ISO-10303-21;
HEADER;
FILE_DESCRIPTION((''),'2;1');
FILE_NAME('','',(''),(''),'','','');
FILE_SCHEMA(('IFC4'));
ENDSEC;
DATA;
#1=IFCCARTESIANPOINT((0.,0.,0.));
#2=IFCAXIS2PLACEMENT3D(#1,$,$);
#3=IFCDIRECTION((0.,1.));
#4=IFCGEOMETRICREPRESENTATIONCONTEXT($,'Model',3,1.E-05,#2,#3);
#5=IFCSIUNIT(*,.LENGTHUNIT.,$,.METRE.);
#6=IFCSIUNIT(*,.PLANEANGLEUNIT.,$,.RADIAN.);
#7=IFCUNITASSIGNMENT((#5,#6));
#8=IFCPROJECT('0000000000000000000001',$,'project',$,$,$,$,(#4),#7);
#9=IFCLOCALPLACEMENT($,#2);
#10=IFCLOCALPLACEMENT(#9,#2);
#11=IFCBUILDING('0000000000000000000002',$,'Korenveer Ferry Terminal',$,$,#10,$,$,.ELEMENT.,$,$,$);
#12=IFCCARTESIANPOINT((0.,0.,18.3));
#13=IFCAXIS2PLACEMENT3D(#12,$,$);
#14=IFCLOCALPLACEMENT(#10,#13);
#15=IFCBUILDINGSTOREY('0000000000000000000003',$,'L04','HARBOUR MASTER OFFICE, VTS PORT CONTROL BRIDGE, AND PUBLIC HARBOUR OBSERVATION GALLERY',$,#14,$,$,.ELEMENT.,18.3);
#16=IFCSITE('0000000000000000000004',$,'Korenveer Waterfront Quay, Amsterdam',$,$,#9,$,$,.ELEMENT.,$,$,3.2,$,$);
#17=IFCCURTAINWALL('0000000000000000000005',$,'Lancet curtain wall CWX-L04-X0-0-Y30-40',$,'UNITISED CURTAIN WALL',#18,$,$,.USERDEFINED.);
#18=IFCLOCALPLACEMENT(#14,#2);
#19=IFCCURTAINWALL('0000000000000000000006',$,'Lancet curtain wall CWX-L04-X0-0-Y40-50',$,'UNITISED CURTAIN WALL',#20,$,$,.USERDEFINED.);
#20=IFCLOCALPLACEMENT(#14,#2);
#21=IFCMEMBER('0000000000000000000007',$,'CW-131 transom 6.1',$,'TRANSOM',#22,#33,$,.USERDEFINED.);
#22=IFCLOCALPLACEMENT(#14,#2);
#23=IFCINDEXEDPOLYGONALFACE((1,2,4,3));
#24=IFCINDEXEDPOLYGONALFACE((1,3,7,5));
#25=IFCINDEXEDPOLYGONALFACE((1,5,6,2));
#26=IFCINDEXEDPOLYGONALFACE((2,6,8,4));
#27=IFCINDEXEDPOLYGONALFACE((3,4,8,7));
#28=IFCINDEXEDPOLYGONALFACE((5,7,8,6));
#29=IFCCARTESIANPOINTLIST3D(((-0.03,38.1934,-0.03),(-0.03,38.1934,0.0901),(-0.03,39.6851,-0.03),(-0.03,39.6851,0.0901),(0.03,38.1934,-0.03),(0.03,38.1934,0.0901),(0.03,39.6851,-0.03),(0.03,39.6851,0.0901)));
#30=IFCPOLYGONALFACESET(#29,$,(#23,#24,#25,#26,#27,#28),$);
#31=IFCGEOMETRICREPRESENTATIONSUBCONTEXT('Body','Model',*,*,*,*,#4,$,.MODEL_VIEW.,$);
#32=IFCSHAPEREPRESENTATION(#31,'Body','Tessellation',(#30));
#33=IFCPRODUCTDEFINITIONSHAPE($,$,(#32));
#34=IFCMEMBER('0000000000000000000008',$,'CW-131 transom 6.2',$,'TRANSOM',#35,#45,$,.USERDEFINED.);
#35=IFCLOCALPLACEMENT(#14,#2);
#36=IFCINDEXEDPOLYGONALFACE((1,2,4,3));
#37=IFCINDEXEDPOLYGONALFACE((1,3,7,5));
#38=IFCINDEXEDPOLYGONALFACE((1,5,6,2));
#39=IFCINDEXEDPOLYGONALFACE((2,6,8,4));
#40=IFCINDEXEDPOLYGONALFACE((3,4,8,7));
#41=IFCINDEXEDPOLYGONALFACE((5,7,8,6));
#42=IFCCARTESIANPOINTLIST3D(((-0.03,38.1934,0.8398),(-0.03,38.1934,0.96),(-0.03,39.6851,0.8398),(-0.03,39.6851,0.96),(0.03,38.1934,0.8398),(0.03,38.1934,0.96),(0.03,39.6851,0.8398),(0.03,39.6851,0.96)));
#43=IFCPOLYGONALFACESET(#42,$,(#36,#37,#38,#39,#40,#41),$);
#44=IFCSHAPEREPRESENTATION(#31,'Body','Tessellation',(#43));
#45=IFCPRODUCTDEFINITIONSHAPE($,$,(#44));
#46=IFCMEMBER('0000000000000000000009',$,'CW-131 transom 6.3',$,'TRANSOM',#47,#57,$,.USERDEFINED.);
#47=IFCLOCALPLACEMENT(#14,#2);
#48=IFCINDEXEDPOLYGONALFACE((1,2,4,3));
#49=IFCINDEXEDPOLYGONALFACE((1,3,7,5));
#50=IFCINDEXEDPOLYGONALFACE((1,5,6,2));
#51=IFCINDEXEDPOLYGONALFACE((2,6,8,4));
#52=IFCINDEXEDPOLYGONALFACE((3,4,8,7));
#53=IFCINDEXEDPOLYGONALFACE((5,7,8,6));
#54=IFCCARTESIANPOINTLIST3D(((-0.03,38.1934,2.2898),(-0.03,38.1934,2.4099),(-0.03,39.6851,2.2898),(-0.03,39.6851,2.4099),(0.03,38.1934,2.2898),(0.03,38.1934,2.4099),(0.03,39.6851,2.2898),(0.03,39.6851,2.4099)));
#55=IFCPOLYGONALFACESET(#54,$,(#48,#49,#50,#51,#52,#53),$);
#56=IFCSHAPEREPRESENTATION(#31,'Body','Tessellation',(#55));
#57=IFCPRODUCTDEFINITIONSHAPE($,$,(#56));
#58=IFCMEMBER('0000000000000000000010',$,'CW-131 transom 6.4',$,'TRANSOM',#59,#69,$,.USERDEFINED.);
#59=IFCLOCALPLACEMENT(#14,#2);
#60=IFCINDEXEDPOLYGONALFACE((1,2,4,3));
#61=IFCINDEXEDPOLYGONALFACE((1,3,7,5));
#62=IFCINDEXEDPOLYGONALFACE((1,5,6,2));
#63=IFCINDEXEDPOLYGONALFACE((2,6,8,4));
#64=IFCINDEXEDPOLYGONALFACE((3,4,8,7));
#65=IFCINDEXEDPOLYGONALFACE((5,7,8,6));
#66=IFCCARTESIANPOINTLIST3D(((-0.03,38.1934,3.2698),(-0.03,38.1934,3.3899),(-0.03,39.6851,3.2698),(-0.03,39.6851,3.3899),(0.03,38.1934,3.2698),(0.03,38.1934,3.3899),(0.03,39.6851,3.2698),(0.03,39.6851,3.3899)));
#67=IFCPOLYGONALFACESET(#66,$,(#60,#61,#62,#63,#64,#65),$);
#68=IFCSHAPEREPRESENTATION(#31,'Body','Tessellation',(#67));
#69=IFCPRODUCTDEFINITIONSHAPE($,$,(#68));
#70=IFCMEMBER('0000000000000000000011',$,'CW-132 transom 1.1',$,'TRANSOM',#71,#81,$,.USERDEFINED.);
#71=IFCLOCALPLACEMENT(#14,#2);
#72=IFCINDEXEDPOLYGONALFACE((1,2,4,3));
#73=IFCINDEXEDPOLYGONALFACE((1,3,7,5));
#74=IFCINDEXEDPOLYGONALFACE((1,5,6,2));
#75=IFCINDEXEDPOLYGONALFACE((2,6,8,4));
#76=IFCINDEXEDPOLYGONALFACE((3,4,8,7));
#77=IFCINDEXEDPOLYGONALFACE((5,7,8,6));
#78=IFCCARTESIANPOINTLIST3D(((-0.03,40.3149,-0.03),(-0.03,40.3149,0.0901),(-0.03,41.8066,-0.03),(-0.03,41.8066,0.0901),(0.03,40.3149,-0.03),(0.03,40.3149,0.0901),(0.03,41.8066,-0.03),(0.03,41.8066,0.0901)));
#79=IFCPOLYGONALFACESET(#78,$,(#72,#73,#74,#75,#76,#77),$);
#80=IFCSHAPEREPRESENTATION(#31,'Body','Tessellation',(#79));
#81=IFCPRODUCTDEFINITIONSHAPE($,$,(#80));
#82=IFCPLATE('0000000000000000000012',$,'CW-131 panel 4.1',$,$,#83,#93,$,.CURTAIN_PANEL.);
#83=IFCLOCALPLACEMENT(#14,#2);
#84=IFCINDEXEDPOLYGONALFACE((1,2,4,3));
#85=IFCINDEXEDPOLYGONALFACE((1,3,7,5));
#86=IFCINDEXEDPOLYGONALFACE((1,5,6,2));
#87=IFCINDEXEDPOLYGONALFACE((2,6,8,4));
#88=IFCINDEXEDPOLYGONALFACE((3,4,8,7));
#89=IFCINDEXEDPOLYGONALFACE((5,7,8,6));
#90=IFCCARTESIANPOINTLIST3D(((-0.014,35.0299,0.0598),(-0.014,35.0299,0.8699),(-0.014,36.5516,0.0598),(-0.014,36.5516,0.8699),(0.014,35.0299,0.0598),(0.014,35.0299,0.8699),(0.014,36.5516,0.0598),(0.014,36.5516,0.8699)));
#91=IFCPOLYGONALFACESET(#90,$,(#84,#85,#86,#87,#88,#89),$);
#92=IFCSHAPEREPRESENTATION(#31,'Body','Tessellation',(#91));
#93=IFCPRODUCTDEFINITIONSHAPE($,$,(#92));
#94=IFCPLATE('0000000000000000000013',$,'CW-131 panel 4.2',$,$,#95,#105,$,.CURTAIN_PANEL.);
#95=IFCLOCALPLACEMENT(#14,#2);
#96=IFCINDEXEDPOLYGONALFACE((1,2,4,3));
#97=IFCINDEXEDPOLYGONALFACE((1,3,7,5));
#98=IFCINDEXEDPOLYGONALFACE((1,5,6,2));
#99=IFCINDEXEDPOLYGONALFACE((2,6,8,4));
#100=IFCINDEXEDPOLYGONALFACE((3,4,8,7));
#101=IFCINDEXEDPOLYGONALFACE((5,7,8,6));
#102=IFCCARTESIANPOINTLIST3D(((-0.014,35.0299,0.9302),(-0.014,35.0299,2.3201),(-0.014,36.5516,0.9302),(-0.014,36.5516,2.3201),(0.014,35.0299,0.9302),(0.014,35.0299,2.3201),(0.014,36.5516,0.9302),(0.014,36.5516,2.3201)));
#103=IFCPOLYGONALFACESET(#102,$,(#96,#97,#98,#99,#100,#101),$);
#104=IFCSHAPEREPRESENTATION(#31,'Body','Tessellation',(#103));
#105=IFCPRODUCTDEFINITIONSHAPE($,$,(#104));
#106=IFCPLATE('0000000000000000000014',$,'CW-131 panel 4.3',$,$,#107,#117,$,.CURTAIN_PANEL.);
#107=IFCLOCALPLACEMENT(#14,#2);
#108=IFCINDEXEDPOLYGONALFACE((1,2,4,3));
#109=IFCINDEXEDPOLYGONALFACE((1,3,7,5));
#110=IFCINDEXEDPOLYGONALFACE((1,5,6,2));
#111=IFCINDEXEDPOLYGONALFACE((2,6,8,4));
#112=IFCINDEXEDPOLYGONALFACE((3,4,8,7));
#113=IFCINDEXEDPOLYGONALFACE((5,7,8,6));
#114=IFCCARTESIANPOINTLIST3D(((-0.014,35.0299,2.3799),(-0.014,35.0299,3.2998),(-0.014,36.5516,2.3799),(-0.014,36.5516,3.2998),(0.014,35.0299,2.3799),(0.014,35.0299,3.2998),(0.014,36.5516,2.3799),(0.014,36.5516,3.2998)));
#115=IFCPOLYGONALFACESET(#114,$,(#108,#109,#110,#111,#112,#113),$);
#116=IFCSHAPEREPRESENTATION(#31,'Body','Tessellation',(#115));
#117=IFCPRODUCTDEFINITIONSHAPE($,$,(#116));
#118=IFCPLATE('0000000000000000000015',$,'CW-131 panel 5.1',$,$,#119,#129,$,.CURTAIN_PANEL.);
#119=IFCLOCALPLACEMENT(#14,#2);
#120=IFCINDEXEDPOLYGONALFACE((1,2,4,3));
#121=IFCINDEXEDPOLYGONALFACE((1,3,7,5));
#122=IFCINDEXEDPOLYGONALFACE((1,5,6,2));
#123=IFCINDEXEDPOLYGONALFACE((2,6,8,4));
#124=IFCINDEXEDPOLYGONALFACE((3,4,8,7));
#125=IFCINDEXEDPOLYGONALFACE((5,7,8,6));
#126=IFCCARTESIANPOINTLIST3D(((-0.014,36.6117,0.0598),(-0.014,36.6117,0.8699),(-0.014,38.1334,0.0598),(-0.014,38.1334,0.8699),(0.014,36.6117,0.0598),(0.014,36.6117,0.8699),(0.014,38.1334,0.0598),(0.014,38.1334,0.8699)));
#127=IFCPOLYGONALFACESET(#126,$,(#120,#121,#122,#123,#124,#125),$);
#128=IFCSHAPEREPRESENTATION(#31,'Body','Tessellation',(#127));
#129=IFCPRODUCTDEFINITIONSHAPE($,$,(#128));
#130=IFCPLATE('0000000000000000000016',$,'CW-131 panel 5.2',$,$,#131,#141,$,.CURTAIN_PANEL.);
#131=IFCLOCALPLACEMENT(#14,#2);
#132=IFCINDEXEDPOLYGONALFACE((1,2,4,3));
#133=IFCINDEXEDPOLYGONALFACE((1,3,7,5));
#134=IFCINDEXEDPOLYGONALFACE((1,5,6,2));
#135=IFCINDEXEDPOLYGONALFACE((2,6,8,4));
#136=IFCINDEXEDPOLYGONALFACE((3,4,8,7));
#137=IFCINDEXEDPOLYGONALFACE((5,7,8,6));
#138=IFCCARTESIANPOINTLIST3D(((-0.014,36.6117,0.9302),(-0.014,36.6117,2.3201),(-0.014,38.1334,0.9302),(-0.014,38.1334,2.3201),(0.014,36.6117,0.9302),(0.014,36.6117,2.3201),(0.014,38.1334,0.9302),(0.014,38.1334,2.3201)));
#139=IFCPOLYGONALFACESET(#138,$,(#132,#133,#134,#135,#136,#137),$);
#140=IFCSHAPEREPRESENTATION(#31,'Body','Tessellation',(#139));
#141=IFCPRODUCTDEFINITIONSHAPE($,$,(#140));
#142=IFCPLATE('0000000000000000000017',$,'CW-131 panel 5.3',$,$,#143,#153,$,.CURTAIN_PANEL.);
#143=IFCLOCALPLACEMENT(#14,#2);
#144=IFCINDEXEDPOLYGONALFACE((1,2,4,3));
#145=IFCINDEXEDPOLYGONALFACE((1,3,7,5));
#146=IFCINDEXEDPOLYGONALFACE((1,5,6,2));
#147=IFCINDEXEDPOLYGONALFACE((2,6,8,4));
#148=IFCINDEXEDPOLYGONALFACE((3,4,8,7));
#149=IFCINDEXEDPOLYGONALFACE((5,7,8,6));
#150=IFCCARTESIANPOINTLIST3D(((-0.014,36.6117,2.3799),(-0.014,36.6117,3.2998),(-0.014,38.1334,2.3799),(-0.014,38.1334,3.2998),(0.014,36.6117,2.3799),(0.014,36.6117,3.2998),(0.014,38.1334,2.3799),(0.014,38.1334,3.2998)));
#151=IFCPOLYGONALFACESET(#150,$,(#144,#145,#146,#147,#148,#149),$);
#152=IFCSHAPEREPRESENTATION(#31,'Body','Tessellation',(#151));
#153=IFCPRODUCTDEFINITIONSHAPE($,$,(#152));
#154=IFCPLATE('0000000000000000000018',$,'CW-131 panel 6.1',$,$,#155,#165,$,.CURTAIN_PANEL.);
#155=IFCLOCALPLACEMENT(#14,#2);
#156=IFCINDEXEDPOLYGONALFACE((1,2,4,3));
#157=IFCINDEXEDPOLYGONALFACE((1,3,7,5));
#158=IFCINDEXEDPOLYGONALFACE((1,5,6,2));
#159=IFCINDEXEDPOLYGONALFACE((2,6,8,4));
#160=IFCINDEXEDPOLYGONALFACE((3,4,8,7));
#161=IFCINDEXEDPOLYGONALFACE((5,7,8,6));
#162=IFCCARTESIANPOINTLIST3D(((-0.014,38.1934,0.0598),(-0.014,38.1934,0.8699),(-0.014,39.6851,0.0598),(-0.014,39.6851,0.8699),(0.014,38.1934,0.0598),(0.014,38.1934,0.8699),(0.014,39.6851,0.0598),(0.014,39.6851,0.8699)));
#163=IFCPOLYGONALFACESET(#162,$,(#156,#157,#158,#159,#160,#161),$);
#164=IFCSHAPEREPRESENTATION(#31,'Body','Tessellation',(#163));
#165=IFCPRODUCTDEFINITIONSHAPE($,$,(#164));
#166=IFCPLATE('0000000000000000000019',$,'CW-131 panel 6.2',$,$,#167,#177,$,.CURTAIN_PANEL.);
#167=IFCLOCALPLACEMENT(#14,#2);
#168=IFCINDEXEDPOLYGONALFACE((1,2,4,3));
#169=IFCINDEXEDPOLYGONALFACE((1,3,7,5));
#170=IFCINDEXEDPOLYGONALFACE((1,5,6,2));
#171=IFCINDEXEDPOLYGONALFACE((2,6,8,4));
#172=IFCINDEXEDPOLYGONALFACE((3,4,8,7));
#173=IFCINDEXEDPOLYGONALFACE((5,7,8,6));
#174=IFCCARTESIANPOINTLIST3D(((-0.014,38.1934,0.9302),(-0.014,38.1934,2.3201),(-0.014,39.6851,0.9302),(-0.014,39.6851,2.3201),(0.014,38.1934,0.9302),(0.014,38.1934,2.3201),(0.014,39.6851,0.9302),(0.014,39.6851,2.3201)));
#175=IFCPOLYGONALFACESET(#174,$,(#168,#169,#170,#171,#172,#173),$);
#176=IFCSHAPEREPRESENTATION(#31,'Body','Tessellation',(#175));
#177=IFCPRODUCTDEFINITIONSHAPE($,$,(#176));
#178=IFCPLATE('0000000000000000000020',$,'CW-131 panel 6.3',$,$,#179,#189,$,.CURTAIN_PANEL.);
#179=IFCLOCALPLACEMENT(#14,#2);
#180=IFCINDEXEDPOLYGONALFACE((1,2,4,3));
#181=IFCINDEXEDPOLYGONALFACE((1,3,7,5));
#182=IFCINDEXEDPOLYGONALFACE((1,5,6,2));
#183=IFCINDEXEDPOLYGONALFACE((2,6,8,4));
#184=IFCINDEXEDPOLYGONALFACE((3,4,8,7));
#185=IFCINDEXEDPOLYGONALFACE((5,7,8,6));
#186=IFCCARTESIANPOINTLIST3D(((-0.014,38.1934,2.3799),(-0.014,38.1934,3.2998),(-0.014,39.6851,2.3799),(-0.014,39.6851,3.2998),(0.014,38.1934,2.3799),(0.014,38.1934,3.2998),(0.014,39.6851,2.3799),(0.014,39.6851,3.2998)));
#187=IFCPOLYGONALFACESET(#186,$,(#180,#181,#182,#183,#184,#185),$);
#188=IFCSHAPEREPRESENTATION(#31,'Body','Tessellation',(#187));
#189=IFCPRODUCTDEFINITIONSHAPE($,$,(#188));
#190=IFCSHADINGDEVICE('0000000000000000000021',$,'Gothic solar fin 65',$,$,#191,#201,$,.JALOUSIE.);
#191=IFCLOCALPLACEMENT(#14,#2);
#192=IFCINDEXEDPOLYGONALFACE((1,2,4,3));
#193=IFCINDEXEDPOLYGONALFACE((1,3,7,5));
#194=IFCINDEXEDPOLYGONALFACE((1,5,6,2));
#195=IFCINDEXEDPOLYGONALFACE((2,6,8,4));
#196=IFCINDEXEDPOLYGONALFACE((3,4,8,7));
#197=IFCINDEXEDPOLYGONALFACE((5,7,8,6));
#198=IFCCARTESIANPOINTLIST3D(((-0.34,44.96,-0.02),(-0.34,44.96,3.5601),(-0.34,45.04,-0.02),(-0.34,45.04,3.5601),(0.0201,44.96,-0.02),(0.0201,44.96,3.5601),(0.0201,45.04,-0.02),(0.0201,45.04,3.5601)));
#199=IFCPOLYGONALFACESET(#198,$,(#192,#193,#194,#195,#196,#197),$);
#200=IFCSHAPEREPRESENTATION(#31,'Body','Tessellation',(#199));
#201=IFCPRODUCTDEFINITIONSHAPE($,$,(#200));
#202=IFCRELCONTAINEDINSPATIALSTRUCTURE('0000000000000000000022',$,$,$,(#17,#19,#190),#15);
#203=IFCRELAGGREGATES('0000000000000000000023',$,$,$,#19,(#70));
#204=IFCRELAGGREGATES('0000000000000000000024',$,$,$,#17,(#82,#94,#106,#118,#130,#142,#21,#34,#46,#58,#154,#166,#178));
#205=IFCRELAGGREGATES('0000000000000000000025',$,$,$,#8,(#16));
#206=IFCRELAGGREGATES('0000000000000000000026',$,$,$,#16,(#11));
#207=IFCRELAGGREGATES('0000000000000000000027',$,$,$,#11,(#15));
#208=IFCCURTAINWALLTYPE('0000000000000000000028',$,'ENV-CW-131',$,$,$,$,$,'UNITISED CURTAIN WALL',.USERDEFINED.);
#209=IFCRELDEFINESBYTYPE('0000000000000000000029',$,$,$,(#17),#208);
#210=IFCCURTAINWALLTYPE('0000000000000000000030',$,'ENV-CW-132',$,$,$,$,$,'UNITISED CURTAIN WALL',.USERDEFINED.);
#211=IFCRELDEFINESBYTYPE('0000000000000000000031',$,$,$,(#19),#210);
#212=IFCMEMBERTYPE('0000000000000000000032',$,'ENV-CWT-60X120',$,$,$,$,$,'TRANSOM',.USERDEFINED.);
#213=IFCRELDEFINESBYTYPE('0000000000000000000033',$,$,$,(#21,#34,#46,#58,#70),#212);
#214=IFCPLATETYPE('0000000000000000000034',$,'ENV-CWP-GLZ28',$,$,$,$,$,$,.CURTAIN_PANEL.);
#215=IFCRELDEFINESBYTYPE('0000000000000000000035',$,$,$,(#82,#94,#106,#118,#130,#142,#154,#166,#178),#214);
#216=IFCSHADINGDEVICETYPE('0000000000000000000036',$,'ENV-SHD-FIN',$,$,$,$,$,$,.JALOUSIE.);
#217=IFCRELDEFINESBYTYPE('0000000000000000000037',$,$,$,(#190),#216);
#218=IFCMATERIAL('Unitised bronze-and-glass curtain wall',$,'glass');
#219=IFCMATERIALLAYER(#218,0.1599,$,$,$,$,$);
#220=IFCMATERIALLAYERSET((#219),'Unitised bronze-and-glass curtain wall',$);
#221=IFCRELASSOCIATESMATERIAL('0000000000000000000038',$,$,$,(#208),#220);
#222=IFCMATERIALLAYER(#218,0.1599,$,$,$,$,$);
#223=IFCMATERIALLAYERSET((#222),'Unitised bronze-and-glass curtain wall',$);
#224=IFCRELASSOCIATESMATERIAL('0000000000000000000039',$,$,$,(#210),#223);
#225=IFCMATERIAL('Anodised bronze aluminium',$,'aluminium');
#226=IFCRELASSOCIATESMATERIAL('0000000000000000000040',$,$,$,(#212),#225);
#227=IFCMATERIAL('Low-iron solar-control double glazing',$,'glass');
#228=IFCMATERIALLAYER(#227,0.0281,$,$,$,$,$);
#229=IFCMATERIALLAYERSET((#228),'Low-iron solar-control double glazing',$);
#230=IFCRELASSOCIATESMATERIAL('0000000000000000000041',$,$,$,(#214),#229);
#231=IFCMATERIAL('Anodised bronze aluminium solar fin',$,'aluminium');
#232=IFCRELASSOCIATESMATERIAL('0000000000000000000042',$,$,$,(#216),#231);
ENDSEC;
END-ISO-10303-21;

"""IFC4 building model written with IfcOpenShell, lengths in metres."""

from ifc_helpers import new_model, si_unit, direction, frame, origin, origin_2d, place, context, subcontext, project, spatial, rectangle, extrude, material, layer, layer_set, material_profile, profile_set, type_object, element, aggregate, save


model = new_model("IFC4")

# Units and contexts
model_context = context("Model", 3, precision=1e-05, world=origin(), true_north=direction((0.0, 1.0)))
body_context = subcontext(model_context, "Body", "Model", "MODEL_VIEW")
ifc_project = project(units=[si_unit("LENGTHUNIT", "METRE"), si_unit("PLANEANGLEUNIT", "RADIAN")], contexts=[model_context])

# Site, building, storey
site_placement = place(None, origin())
site = spatial("IfcSite", under=ifc_project, at=site_placement, Name="Korenveer Waterfront Quay, Amsterdam", CompositionType="ELEMENT", RefElevation=3.2)
building_placement = place(site_placement, origin())
building = spatial("IfcBuilding", under=site, at=building_placement, Name="Korenveer Ferry Terminal", CompositionType="ELEMENT")
storey_placement = place(building_placement, frame((0.0, 0.0, 18.3)))
storey = spatial("IfcBuildingStorey", under=building, at=storey_placement, Name="L04", Description="HARBOUR MASTER OFFICE, VTS PORT CONTROL BRIDGE, AND PUBLIC HARBOUR OBSERVATION GALLERY", CompositionType="ELEMENT", Elevation=18.3)

# Curtain wall
ifc_material_1 = material(Name="Unitised bronze-and-glass curtain wall", Category="glass")
ifc_layer_1 = layer(ifc_material_1, 0.1599)
ifc_layer_set_1 = layer_set([ifc_layer_1], Name="Unitised bronze-and-glass curtain wall")
curtain_wall_type_1 = type_object("IfcCurtainWallType", Name="ENV-CW-131", ElementType="UNITISED CURTAIN WALL", PredefinedType="USERDEFINED", material=ifc_layer_set_1)
curtain_wall_1_placement = place(storey_placement, frame((0.0, 30.2549, 0.0)))
curtain_wall_1 = element("IfcCurtainWall", 1, at=curtain_wall_1_placement, inside=storey, type_object=curtain_wall_type_1, Name="Lancet curtain wall CWX-L04-X0-0-Y30-40", ObjectType="UNITISED CURTAIN WALL", PredefinedType="USERDEFINED")
ifc_material_2 = material(Name="Anodised bronze aluminium", Category="aluminium")

# Curtain wall
ifc_layer_2 = layer(ifc_material_1, 0.1599)
ifc_layer_set_2 = layer_set([ifc_layer_2], Name="Unitised bronze-and-glass curtain wall")
curtain_wall_type_2 = type_object("IfcCurtainWallType", Name="ENV-CW-132", ElementType="UNITISED CURTAIN WALL", PredefinedType="USERDEFINED", material=ifc_layer_set_2)
curtain_wall_2_placement = place(storey_placement, frame((0.0, 40.2549, 0.0)))
curtain_wall_2 = element("IfcCurtainWall", 2, at=curtain_wall_2_placement, inside=storey, type_object=curtain_wall_type_2, Name="Lancet curtain wall CWX-L04-X0-0-Y40-50", ObjectType="UNITISED CURTAIN WALL", PredefinedType="USERDEFINED")

# Members
ifc_material_profile_1 = material_profile(ifc_material_2, rectangle(XDim=0.0601, YDim=0.1201, at=origin_2d()), Name="ALU 60x120")
ifc_profile_set_1 = profile_set([ifc_material_profile_1], Name="Anodised bronze aluminium")
member_type_1 = type_object("IfcMemberType", Name="ENV-CWT-60X120", ElementType="TRANSOM", PredefinedType="USERDEFINED", material=ifc_profile_set_1)
member_1_placement = place(storey_placement, frame((0.0, 38.1934, 0.03), z_axis=(0.0, 1.0, 0.0), x_axis=(-1.0, 0.0, 0.0)))
member_1 = element("IfcMember", 3, at=member_1_placement, type_object=member_type_1, Name="CW-131 transom 6.1", ObjectType="TRANSOM", PredefinedType="USERDEFINED", context=body_context, shape_type="SweptSolid", body=[
    extrude(rectangle(XDim=0.0601, YDim=0.1201, at=origin_2d()), origin(), (0.0, 0.0, 1.0), 1.4917),
])
member_2_placement = place(storey_placement, frame((0.0, 38.1934, 0.8999), z_axis=(0.0, 1.0, 0.0), x_axis=(-1.0, 0.0, 0.0)))
member_2 = element("IfcMember", 4, at=member_2_placement, type_object=member_type_1, Name="CW-131 transom 6.2", ObjectType="TRANSOM", PredefinedType="USERDEFINED", context=body_context, shape_type="SweptSolid", body=[
    extrude(rectangle(XDim=0.0601, YDim=0.1201, at=origin_2d()), origin(), (0.0, 0.0, 1.0), 1.4917),
])
member_3_placement = place(storey_placement, frame((0.0, 38.1934, 2.3499), z_axis=(0.0, 1.0, 0.0), x_axis=(-1.0, 0.0, 0.0)))
member_3 = element("IfcMember", 5, at=member_3_placement, type_object=member_type_1, Name="CW-131 transom 6.3", ObjectType="TRANSOM", PredefinedType="USERDEFINED", context=body_context, shape_type="SweptSolid", body=[
    extrude(rectangle(XDim=0.0601, YDim=0.1201, at=origin_2d()), origin(), (0.0, 0.0, 1.0), 1.4917),
])
member_4_placement = place(storey_placement, frame((0.0, 38.1934, 3.3298), z_axis=(0.0, 1.0, 0.0), x_axis=(-1.0, 0.0, 0.0)))
member_4 = element("IfcMember", 6, at=member_4_placement, type_object=member_type_1, Name="CW-131 transom 6.4", ObjectType="TRANSOM", PredefinedType="USERDEFINED", context=body_context, shape_type="SweptSolid", body=[
    extrude(rectangle(XDim=0.0601, YDim=0.1201, at=origin_2d()), origin(), (0.0, 0.0, 1.0), 1.4917),
])
member_5_placement = place(storey_placement, frame((0.0, 40.3149, 0.03), z_axis=(0.0, 1.0, 0.0), x_axis=(-1.0, 0.0, 0.0)))
member_5 = element("IfcMember", 7, at=member_5_placement, type_object=member_type_1, Name="CW-132 transom 1.1", ObjectType="TRANSOM", PredefinedType="USERDEFINED", context=body_context, shape_type="SweptSolid", body=[
    extrude(rectangle(XDim=0.0601, YDim=0.1201, at=origin_2d()), origin(), (0.0, 0.0, 1.0), 1.4917),
])
aggregate(curtain_wall_2, [member_5])

# Plates
ifc_material_3 = material(Name="Low-iron solar-control double glazing", Category="glass")
ifc_layer_3 = layer(ifc_material_3, 0.0281)
ifc_layer_set_3 = layer_set([ifc_layer_3], Name="Low-iron solar-control double glazing")
plate_type = type_object("IfcPlateType", Name="ENV-CWP-GLZ28", PredefinedType="CURTAIN_PANEL", material=ifc_layer_set_3)
plate_1_placement = place(storey_placement, frame((0.0, 35.7908, 0.0598), z_axis=(0.0, 0.0, 1.0), x_axis=(0.0, 1.0, 0.0)))
plate_1 = element("IfcPlate", 8, at=plate_1_placement, type_object=plate_type, Name="CW-131 panel 4.1", PredefinedType="CURTAIN_PANEL", context=body_context, shape_type="SweptSolid", body=[
    extrude(rectangle(XDim=1.5217, YDim=0.0281, at=origin_2d()), origin(), (0.0, 0.0, 1.0), 0.8101),
])
plate_2_placement = place(storey_placement, frame((0.0, 35.7908, 0.9302), z_axis=(0.0, 0.0, 1.0), x_axis=(0.0, 1.0, 0.0)))
plate_2 = element("IfcPlate", 9, at=plate_2_placement, type_object=plate_type, Name="CW-131 panel 4.2", PredefinedType="CURTAIN_PANEL", context=body_context, shape_type="SweptSolid", body=[
    extrude(rectangle(XDim=1.5217, YDim=0.0281, at=origin_2d()), origin(), (0.0, 0.0, 1.0), 1.3899),
])
plate_3_placement = place(storey_placement, frame((0.0, 35.7908, 2.3799), z_axis=(0.0, 0.0, 1.0), x_axis=(0.0, 1.0, 0.0)))
plate_3 = element("IfcPlate", 10, at=plate_3_placement, type_object=plate_type, Name="CW-131 panel 4.3", PredefinedType="CURTAIN_PANEL", context=body_context, shape_type="SweptSolid", body=[
    extrude(rectangle(XDim=1.5217, YDim=0.0281, at=origin_2d()), origin(), (0.0, 0.0, 1.0), 0.9199),
])
plate_4_placement = place(storey_placement, frame((0.0, 37.3726, 0.0598), z_axis=(0.0, 0.0, 1.0), x_axis=(0.0, 1.0, 0.0)))
plate_4 = element("IfcPlate", 11, at=plate_4_placement, type_object=plate_type, Name="CW-131 panel 5.1", PredefinedType="CURTAIN_PANEL", context=body_context, shape_type="SweptSolid", body=[
    extrude(rectangle(XDim=1.5217, YDim=0.0281, at=origin_2d()), origin(), (0.0, 0.0, 1.0), 0.8101),
])
plate_5_placement = place(storey_placement, frame((0.0, 37.3726, 0.9302), z_axis=(0.0, 0.0, 1.0), x_axis=(0.0, 1.0, 0.0)))
plate_5 = element("IfcPlate", 12, at=plate_5_placement, type_object=plate_type, Name="CW-131 panel 5.2", PredefinedType="CURTAIN_PANEL", context=body_context, shape_type="SweptSolid", body=[
    extrude(rectangle(XDim=1.5217, YDim=0.0281, at=origin_2d()), origin(), (0.0, 0.0, 1.0), 1.3899),
])
plate_6_placement = place(storey_placement, frame((0.0, 37.3726, 2.3799), z_axis=(0.0, 0.0, 1.0), x_axis=(0.0, 1.0, 0.0)))
plate_6 = element("IfcPlate", 13, at=plate_6_placement, type_object=plate_type, Name="CW-131 panel 5.3", PredefinedType="CURTAIN_PANEL", context=body_context, shape_type="SweptSolid", body=[
    extrude(rectangle(XDim=1.5217, YDim=0.0281, at=origin_2d()), origin(), (0.0, 0.0, 1.0), 0.9199),
])
plate_7_placement = place(storey_placement, frame((0.0, 38.9392, 0.0598), z_axis=(0.0, 0.0, 1.0), x_axis=(0.0, 1.0, 0.0)))
plate_7 = element("IfcPlate", 14, at=plate_7_placement, type_object=plate_type, Name="CW-131 panel 6.1", PredefinedType="CURTAIN_PANEL", context=body_context, shape_type="SweptSolid", body=[
    extrude(rectangle(XDim=1.4917, YDim=0.0281, at=origin_2d()), origin(), (0.0, 0.0, 1.0), 0.8101),
])
plate_8_placement = place(storey_placement, frame((0.0, 38.9392, 0.9302), z_axis=(0.0, 0.0, 1.0), x_axis=(0.0, 1.0, 0.0)))
plate_8 = element("IfcPlate", 15, at=plate_8_placement, type_object=plate_type, Name="CW-131 panel 6.2", PredefinedType="CURTAIN_PANEL", context=body_context, shape_type="SweptSolid", body=[
    extrude(rectangle(XDim=1.4917, YDim=0.0281, at=origin_2d()), origin(), (0.0, 0.0, 1.0), 1.3899),
])
plate_9_placement = place(storey_placement, frame((0.0, 38.9392, 2.3799), z_axis=(0.0, 0.0, 1.0), x_axis=(0.0, 1.0, 0.0)))
plate_9 = element("IfcPlate", 16, at=plate_9_placement, type_object=plate_type, Name="CW-131 panel 6.3", PredefinedType="CURTAIN_PANEL", context=body_context, shape_type="SweptSolid", body=[
    extrude(rectangle(XDim=1.4917, YDim=0.0281, at=origin_2d()), origin(), (0.0, 0.0, 1.0), 0.9199),
])
aggregate(curtain_wall_1, [plate_1, plate_2, plate_3, plate_4, plate_5, plate_6, member_1, member_2, member_3, member_4, plate_7, plate_8, plate_9])

# Shading device
ifc_material_4 = material(Name="Anodised bronze aluminium solar fin", Category="aluminium")
shading_device_type = type_object("IfcShadingDeviceType", Name="ENV-SHD-FIN", PredefinedType="JALOUSIE", material=ifc_material_4)
shading_device_placement = place(storey_placement, frame((-0.1599, 45.0, -0.02), z_axis=(0.0, 0.0, 1.0), x_axis=(1.0, 0.0, 0.0)))
element("IfcShadingDevice", 17, at=shading_device_placement, inside=storey, type_object=shading_device_type, Name="Gothic solar fin 65", PredefinedType="JALOUSIE", context=body_context, shape_type="SweptSolid", body=[
    extrude(rectangle(XDim=0.3601, YDim=0.0801, at=origin_2d()), origin(), (0.0, 0.0, 1.0), 3.5801),
])

save(model, "model.ifc")
